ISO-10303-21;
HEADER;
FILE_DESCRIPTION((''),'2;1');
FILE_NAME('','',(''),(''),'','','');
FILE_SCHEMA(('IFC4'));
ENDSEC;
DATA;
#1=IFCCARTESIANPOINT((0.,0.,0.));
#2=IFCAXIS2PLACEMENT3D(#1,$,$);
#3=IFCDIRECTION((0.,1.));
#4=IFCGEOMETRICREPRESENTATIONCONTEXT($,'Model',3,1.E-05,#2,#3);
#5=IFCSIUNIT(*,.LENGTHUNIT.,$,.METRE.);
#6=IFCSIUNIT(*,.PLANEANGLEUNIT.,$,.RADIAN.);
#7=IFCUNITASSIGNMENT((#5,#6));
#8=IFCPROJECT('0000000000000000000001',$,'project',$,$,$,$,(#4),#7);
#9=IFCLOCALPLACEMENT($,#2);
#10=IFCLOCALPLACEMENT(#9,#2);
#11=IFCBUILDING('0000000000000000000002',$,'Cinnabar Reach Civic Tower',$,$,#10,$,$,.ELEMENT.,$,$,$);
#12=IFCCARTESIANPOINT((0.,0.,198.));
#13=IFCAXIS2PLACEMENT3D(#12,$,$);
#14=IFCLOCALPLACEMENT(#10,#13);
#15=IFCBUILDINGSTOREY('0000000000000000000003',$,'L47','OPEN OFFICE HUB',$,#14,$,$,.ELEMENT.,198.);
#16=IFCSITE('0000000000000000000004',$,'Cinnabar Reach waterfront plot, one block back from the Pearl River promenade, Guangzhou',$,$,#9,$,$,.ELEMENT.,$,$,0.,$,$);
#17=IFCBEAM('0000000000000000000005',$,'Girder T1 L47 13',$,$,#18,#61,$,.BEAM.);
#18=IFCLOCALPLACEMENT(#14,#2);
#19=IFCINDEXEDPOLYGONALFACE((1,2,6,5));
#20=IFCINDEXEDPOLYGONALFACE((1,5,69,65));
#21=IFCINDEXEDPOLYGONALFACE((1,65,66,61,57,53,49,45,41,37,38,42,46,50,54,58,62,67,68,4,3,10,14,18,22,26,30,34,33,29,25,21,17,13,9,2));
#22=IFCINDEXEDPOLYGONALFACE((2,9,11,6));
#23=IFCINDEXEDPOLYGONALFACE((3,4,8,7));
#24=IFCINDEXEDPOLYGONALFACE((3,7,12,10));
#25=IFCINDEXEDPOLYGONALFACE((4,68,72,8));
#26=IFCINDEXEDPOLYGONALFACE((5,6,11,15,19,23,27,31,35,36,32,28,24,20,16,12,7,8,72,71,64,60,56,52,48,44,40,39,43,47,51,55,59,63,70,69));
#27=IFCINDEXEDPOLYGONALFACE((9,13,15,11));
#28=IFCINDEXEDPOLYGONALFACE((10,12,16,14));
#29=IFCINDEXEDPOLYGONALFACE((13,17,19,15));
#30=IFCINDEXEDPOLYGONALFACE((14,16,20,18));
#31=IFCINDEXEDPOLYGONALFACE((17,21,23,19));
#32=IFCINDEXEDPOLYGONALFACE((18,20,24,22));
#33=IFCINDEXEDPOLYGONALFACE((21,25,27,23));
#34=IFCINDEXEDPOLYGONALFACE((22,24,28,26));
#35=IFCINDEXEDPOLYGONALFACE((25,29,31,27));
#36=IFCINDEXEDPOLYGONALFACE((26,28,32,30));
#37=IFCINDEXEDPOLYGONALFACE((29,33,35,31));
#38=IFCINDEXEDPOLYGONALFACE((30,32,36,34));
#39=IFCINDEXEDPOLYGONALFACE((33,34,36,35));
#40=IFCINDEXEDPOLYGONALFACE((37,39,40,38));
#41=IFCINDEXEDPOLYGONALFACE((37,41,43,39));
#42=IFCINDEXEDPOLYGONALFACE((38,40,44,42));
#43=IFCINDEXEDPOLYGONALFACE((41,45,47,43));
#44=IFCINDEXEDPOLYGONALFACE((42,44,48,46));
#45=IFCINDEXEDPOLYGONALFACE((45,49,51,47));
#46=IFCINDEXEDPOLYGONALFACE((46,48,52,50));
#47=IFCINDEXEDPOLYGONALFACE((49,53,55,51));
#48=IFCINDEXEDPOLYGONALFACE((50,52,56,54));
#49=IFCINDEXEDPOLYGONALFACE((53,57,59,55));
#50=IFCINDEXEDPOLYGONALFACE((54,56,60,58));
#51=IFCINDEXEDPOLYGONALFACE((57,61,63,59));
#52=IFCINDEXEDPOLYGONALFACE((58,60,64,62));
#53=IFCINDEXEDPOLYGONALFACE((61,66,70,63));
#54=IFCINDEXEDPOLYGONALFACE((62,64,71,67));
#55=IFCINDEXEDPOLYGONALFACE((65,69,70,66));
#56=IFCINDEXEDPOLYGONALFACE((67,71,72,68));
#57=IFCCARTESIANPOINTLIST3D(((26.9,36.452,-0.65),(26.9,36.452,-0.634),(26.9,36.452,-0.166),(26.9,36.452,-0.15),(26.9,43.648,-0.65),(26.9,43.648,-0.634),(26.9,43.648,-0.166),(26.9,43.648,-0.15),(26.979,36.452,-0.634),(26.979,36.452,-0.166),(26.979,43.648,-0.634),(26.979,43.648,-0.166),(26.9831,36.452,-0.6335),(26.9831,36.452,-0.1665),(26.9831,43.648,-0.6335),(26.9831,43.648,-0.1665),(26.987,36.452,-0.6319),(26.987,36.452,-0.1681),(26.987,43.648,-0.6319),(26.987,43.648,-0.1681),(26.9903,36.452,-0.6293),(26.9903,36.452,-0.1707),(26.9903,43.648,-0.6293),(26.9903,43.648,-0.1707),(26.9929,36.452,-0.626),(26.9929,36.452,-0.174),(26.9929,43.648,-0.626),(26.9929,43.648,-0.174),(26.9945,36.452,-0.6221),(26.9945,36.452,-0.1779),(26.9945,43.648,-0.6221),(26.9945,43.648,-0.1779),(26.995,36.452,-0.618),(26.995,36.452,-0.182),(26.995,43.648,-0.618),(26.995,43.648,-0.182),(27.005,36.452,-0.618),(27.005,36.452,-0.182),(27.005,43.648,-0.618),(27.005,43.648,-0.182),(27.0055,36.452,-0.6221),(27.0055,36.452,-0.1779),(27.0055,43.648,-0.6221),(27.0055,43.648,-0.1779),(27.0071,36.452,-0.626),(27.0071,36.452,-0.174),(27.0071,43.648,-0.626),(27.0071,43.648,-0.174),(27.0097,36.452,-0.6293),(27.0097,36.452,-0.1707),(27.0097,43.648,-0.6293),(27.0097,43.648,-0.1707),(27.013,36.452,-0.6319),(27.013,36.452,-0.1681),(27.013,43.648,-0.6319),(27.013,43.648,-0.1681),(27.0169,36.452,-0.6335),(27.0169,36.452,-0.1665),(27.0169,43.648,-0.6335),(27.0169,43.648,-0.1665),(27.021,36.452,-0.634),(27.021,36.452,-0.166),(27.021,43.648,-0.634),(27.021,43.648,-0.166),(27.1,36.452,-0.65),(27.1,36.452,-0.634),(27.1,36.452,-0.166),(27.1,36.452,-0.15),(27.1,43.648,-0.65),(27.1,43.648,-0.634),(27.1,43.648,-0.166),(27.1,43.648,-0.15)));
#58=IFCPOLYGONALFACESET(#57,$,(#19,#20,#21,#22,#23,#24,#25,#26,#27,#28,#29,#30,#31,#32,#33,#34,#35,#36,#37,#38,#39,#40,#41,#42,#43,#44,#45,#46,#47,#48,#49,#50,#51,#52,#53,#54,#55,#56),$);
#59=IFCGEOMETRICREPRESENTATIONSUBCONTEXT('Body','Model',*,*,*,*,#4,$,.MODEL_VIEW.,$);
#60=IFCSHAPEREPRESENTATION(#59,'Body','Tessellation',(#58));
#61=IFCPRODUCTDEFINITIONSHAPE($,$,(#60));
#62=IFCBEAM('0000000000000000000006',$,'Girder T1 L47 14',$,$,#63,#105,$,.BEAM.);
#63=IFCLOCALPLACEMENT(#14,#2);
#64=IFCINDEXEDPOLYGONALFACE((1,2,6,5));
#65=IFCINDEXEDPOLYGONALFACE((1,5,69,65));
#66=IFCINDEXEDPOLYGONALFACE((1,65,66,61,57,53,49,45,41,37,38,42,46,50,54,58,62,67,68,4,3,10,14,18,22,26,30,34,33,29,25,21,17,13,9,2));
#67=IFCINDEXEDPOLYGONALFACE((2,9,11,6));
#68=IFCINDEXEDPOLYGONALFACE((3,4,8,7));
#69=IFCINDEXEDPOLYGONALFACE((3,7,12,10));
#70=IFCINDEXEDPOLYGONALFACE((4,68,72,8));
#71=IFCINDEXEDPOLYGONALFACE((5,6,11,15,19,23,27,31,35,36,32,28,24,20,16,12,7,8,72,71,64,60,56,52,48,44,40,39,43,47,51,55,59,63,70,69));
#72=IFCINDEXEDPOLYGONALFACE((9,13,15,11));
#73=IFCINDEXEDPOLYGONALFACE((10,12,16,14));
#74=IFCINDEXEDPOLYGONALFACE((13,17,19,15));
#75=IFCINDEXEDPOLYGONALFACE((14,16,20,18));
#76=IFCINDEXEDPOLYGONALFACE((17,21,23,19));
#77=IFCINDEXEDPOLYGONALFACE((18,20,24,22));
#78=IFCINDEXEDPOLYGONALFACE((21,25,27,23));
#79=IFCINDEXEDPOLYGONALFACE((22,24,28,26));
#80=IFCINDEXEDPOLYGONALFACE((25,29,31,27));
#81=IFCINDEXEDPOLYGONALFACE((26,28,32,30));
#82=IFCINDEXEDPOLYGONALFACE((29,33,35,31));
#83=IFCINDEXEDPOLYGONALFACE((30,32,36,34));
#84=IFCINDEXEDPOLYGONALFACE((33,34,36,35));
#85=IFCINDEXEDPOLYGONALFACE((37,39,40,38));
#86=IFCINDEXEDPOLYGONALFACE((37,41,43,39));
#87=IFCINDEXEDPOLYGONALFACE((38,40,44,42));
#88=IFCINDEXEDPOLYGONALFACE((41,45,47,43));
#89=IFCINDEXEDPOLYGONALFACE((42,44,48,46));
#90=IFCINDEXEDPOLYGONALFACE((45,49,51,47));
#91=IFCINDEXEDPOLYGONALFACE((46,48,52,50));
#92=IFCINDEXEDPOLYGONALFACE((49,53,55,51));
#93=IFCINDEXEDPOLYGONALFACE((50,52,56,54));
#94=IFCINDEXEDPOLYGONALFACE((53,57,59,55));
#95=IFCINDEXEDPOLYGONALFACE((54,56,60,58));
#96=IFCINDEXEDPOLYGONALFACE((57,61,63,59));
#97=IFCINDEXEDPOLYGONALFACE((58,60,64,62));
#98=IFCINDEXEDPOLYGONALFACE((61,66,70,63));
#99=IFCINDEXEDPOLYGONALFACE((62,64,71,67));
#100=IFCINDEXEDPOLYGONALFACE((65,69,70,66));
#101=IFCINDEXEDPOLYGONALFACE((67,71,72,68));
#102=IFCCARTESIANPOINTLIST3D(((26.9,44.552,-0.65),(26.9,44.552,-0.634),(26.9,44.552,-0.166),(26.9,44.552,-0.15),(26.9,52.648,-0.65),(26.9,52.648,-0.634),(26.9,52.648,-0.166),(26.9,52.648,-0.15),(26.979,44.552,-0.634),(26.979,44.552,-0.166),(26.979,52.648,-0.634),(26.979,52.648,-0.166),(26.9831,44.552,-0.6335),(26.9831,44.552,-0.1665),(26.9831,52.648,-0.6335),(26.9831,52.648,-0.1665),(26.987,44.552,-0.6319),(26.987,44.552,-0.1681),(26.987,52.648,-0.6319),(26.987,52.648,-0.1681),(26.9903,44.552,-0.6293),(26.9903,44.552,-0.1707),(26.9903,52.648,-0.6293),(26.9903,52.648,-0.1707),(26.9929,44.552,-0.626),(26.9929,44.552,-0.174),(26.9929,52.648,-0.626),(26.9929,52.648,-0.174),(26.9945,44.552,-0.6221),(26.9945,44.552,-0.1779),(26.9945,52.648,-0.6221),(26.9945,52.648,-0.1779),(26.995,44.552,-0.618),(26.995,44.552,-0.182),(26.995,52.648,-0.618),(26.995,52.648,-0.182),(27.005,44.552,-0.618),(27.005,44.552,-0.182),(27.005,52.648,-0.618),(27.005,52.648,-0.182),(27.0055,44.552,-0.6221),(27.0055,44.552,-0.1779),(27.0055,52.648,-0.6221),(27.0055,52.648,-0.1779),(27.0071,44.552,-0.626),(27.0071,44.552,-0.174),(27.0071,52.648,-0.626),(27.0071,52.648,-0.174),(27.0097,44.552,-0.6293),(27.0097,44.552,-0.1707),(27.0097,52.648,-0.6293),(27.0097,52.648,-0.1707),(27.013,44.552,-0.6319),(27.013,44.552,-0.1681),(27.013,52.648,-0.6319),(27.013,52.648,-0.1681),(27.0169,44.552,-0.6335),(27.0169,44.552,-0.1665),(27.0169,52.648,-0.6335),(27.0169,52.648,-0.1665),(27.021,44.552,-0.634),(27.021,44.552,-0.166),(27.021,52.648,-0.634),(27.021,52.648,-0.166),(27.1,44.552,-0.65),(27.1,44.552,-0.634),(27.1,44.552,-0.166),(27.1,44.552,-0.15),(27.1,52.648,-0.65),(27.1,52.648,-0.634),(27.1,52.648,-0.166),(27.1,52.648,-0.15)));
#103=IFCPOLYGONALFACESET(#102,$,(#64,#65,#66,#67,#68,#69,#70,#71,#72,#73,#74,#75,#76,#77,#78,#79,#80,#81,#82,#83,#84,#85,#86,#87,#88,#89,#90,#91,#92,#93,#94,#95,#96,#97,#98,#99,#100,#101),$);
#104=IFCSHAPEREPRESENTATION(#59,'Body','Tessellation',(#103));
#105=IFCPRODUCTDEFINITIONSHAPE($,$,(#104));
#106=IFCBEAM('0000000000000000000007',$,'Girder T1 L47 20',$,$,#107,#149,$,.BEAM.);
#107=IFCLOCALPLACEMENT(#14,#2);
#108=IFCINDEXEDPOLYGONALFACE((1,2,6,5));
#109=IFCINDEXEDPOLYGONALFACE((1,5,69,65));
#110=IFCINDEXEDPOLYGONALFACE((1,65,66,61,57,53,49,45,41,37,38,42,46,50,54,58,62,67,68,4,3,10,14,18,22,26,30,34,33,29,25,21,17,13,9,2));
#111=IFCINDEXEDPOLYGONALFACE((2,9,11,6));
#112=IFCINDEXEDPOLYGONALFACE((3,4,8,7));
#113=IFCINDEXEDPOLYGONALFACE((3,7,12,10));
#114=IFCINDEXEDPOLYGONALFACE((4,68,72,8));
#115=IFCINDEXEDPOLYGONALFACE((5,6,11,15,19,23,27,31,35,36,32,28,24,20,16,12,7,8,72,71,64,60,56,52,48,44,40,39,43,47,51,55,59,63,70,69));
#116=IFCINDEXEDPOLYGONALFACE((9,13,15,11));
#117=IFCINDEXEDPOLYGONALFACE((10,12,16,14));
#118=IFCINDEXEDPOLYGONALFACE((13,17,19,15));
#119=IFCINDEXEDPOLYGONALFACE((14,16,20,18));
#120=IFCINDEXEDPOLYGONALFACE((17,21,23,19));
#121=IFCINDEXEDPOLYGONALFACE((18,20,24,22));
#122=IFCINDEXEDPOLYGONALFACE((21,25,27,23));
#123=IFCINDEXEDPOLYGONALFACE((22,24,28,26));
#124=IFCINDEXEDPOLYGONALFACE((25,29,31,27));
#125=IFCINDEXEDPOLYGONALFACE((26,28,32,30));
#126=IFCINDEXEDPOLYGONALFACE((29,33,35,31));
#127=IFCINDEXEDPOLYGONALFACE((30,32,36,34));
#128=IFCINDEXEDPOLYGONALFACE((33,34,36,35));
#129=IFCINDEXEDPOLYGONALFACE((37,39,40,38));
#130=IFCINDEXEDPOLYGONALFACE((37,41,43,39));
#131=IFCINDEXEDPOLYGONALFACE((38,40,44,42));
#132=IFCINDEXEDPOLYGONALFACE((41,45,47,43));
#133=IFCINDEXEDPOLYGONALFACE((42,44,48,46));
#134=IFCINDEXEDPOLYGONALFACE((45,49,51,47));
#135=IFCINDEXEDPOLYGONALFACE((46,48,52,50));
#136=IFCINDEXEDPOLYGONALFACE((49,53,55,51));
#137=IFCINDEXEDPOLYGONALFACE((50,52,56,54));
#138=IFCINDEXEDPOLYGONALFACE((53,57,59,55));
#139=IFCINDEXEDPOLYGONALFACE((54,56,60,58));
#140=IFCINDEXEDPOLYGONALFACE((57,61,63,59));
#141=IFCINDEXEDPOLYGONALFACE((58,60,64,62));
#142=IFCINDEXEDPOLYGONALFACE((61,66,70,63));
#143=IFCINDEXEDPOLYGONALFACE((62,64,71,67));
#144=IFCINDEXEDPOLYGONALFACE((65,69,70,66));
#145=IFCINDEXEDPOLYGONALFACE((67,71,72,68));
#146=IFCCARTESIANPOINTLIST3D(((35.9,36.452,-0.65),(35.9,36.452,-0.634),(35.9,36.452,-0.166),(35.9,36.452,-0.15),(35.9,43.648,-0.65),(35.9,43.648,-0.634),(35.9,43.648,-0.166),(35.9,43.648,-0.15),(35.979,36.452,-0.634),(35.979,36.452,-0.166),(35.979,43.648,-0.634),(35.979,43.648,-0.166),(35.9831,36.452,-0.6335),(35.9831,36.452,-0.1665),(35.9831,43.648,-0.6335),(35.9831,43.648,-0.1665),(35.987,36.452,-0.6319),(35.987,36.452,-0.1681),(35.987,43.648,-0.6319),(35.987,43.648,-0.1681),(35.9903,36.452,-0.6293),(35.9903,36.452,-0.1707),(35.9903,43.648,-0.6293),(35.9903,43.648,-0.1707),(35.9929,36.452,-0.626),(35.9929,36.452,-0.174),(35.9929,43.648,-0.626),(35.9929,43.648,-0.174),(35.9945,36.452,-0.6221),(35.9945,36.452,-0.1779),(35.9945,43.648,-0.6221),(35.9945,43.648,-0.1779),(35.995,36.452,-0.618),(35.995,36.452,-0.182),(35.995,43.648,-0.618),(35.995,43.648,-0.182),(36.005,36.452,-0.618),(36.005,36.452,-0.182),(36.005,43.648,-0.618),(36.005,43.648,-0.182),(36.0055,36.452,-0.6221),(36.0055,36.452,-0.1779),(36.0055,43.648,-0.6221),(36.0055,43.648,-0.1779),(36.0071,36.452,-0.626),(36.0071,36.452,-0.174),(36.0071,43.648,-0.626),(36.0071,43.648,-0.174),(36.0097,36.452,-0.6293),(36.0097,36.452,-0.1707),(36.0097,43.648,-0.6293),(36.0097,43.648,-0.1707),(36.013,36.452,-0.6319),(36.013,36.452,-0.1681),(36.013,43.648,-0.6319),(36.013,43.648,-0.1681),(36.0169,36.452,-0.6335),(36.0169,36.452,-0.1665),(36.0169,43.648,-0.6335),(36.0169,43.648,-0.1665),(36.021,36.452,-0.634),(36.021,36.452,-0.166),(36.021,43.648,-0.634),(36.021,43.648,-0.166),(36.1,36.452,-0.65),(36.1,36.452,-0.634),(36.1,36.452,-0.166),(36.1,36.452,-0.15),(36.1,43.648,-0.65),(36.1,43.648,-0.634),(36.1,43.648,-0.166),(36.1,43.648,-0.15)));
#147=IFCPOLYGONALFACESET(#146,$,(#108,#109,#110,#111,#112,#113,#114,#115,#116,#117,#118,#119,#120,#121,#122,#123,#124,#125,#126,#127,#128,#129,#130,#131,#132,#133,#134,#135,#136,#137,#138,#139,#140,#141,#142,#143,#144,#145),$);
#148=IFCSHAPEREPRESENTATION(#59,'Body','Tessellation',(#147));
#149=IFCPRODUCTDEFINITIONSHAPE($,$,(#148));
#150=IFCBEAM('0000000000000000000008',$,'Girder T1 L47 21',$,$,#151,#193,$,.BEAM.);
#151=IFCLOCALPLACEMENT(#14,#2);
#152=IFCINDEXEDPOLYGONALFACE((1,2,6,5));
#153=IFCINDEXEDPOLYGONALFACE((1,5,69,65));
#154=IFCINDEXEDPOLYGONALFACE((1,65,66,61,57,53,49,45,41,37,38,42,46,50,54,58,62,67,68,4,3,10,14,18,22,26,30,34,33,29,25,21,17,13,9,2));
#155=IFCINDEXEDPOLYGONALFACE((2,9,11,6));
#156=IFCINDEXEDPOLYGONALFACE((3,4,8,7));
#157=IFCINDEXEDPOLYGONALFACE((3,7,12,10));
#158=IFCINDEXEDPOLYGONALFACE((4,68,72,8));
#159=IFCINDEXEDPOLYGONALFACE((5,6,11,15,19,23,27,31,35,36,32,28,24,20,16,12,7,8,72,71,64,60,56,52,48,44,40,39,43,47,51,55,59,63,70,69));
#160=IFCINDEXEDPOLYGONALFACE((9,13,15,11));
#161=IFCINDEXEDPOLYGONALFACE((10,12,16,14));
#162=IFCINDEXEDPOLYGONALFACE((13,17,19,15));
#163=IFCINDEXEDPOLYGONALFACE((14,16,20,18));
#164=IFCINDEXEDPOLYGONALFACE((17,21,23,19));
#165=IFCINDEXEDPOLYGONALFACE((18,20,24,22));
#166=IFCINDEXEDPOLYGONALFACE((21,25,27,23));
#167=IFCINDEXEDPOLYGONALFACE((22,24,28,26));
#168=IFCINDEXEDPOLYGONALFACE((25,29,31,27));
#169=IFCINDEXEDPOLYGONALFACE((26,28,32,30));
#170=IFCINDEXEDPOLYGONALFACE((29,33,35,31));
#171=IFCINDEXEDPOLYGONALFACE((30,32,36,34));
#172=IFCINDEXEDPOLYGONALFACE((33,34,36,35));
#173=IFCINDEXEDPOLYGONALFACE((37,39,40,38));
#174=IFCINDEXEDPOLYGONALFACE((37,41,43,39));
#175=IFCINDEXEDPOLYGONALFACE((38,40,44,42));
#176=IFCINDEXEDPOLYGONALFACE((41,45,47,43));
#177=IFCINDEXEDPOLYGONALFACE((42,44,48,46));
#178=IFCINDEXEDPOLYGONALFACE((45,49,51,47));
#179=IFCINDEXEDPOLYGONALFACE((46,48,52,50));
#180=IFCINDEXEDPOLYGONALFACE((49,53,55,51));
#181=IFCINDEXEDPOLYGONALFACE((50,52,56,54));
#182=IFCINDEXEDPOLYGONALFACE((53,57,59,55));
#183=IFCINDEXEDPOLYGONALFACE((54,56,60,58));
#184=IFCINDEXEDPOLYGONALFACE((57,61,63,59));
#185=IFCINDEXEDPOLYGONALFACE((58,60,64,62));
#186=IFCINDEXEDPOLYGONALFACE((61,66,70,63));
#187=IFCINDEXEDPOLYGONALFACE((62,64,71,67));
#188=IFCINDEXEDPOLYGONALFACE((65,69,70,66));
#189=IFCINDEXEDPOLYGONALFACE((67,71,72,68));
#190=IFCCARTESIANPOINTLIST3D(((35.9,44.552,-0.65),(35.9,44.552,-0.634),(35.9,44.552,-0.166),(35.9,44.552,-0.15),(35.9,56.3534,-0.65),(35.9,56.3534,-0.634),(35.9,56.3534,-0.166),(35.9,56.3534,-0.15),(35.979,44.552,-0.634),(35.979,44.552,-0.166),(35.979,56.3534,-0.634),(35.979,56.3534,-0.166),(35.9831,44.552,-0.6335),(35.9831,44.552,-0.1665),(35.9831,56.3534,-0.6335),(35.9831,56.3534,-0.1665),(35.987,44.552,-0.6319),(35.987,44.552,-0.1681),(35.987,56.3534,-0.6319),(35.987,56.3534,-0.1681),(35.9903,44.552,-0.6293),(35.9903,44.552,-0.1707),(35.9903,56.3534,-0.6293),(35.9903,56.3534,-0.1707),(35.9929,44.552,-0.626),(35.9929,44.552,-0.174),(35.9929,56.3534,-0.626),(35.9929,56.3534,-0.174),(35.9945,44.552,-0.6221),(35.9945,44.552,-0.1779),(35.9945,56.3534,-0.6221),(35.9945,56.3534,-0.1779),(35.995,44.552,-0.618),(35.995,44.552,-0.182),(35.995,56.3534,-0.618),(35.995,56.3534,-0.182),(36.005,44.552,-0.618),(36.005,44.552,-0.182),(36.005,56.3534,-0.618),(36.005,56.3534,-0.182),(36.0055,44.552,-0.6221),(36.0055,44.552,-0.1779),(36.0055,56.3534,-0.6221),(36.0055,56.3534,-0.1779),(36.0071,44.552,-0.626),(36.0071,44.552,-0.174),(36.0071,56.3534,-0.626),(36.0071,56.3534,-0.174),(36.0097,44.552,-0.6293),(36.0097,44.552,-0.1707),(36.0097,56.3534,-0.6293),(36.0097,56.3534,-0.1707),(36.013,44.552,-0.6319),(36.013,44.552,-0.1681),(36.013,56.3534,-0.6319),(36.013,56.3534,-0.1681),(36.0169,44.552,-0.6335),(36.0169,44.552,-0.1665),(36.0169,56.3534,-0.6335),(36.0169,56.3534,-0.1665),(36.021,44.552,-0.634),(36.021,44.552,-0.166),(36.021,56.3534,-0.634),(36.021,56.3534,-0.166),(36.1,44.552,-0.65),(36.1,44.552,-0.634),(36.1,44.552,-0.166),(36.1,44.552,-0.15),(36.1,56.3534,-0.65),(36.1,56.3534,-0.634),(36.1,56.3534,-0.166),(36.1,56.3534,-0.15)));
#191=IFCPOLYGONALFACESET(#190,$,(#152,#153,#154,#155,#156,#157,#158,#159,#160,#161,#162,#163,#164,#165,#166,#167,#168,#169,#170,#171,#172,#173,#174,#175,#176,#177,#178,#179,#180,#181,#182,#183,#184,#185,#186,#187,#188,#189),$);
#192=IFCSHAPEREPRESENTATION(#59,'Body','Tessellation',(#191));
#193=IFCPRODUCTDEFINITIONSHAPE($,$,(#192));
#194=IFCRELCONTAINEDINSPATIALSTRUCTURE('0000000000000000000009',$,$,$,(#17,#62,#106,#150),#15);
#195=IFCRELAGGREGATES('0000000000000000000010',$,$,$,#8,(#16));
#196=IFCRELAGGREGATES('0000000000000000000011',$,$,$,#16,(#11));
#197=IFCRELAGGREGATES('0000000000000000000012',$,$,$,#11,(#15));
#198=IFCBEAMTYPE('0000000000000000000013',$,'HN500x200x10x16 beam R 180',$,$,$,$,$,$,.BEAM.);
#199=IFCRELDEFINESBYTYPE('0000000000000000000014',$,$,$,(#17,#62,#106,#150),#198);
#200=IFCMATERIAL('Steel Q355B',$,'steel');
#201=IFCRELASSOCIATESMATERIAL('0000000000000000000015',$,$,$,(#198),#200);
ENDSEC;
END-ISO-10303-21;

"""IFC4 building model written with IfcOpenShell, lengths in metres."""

from ifc_helpers import new_model, si_unit, direction, frame, origin, origin_2d, place, context, subcontext, project, spatial, i_section, extrude, material, material_profile, profile_set, type_object, element, save


model = new_model("IFC4")

# Units and contexts
model_context = context("Model", 3, precision=1e-05, world=origin(), true_north=direction((0.0, 1.0)))
body_context = subcontext(model_context, "Body", "Model", "MODEL_VIEW")
ifc_project = project(units=[si_unit("LENGTHUNIT", "METRE"), si_unit("PLANEANGLEUNIT", "RADIAN")], contexts=[model_context])

# Site, building, storey
site_placement = place(None, origin())
site = spatial("IfcSite", under=ifc_project, at=site_placement, Name="Cinnabar Reach waterfront plot, one block back from the Pearl River promenade, Guangzhou", CompositionType="ELEMENT", RefElevation=0.0)
building_placement = place(site_placement, origin())
building = spatial("IfcBuilding", under=site, at=building_placement, Name="Cinnabar Reach Civic Tower", CompositionType="ELEMENT")
storey_placement = place(building_placement, frame((0.0, 0.0, 198.0)))
storey = spatial("IfcBuildingStorey", under=building, at=storey_placement, Name="L47", Description="OPEN OFFICE HUB", CompositionType="ELEMENT", Elevation=198.0)

# Beams
ifc_material_1 = material(Name="Steel Q355B", Category="steel")
ifc_material_profile_1 = material_profile(ifc_material_1, i_section(OverallWidth=0.2, OverallDepth=0.5, WebThickness=0.01, FlangeThickness=0.016, FilletRadius=0.016, at=origin_2d()), Name="HN500x200x10x16")
ifc_profile_set_1 = profile_set([ifc_material_profile_1], Name="Steel Q355B")
beam_type_1 = type_object("IfcBeamType", Name="HN500x200x10x16 beam R 180", PredefinedType="BEAM", material=ifc_profile_set_1)
beam_1_placement = place(storey_placement, frame((27.0, 36.452, -0.4), z_axis=(0.0, 1.0, 0.0), x_axis=(-1.0, 0.0, 0.0)))
element("IfcBeam", 1, at=beam_1_placement, inside=storey, type_object=beam_type_1, Name="Girder T1 L47 13", PredefinedType="BEAM", context=body_context, shape_type="SweptSolid", body=[
    extrude(i_section(OverallWidth=0.2, OverallDepth=0.5, WebThickness=0.01, FlangeThickness=0.016, FilletRadius=0.016, at=origin_2d()), origin(), (0.0, 0.0, 1.0), 7.196),
])
beam_2_placement = place(storey_placement, frame((27.0, 44.552, -0.4), z_axis=(0.0, 1.0, 0.0), x_axis=(-1.0, 0.0, 0.0)))
element("IfcBeam", 2, at=beam_2_placement, inside=storey, type_object=beam_type_1, Name="Girder T1 L47 14", PredefinedType="BEAM", context=body_context, shape_type="SweptSolid", body=[
    extrude(i_section(OverallWidth=0.2, OverallDepth=0.5, WebThickness=0.01, FlangeThickness=0.016, FilletRadius=0.016, at=origin_2d()), origin(), (0.0, 0.0, 1.0), 8.096),
])
beam_3_placement = place(storey_placement, frame((36.0, 36.452, -0.4), z_axis=(0.0, 1.0, 0.0), x_axis=(-1.0, 0.0, 0.0)))
element("IfcBeam", 3, at=beam_3_placement, inside=storey, type_object=beam_type_1, Name="Girder T1 L47 20", PredefinedType="BEAM", context=body_context, shape_type="SweptSolid", body=[
    extrude(i_section(OverallWidth=0.2, OverallDepth=0.5, WebThickness=0.01, FlangeThickness=0.016, FilletRadius=0.016, at=origin_2d()), origin(), (0.0, 0.0, 1.0), 7.196),
])
beam_4_placement = place(storey_placement, frame((36.0, 44.552, -0.4), z_axis=(0.0, 1.0, 0.0), x_axis=(-1.0, 0.0, 0.0)))
element("IfcBeam", 4, at=beam_4_placement, inside=storey, type_object=beam_type_1, Name="Girder T1 L47 21", PredefinedType="BEAM", context=body_context, shape_type="SweptSolid", body=[
    extrude(i_section(OverallWidth=0.2, OverallDepth=0.5, WebThickness=0.01, FlangeThickness=0.016, FilletRadius=0.016, at=origin_2d()), origin(), (0.0, 0.0, 1.0), 11.8014),
])

save(model, "model.ifc")
